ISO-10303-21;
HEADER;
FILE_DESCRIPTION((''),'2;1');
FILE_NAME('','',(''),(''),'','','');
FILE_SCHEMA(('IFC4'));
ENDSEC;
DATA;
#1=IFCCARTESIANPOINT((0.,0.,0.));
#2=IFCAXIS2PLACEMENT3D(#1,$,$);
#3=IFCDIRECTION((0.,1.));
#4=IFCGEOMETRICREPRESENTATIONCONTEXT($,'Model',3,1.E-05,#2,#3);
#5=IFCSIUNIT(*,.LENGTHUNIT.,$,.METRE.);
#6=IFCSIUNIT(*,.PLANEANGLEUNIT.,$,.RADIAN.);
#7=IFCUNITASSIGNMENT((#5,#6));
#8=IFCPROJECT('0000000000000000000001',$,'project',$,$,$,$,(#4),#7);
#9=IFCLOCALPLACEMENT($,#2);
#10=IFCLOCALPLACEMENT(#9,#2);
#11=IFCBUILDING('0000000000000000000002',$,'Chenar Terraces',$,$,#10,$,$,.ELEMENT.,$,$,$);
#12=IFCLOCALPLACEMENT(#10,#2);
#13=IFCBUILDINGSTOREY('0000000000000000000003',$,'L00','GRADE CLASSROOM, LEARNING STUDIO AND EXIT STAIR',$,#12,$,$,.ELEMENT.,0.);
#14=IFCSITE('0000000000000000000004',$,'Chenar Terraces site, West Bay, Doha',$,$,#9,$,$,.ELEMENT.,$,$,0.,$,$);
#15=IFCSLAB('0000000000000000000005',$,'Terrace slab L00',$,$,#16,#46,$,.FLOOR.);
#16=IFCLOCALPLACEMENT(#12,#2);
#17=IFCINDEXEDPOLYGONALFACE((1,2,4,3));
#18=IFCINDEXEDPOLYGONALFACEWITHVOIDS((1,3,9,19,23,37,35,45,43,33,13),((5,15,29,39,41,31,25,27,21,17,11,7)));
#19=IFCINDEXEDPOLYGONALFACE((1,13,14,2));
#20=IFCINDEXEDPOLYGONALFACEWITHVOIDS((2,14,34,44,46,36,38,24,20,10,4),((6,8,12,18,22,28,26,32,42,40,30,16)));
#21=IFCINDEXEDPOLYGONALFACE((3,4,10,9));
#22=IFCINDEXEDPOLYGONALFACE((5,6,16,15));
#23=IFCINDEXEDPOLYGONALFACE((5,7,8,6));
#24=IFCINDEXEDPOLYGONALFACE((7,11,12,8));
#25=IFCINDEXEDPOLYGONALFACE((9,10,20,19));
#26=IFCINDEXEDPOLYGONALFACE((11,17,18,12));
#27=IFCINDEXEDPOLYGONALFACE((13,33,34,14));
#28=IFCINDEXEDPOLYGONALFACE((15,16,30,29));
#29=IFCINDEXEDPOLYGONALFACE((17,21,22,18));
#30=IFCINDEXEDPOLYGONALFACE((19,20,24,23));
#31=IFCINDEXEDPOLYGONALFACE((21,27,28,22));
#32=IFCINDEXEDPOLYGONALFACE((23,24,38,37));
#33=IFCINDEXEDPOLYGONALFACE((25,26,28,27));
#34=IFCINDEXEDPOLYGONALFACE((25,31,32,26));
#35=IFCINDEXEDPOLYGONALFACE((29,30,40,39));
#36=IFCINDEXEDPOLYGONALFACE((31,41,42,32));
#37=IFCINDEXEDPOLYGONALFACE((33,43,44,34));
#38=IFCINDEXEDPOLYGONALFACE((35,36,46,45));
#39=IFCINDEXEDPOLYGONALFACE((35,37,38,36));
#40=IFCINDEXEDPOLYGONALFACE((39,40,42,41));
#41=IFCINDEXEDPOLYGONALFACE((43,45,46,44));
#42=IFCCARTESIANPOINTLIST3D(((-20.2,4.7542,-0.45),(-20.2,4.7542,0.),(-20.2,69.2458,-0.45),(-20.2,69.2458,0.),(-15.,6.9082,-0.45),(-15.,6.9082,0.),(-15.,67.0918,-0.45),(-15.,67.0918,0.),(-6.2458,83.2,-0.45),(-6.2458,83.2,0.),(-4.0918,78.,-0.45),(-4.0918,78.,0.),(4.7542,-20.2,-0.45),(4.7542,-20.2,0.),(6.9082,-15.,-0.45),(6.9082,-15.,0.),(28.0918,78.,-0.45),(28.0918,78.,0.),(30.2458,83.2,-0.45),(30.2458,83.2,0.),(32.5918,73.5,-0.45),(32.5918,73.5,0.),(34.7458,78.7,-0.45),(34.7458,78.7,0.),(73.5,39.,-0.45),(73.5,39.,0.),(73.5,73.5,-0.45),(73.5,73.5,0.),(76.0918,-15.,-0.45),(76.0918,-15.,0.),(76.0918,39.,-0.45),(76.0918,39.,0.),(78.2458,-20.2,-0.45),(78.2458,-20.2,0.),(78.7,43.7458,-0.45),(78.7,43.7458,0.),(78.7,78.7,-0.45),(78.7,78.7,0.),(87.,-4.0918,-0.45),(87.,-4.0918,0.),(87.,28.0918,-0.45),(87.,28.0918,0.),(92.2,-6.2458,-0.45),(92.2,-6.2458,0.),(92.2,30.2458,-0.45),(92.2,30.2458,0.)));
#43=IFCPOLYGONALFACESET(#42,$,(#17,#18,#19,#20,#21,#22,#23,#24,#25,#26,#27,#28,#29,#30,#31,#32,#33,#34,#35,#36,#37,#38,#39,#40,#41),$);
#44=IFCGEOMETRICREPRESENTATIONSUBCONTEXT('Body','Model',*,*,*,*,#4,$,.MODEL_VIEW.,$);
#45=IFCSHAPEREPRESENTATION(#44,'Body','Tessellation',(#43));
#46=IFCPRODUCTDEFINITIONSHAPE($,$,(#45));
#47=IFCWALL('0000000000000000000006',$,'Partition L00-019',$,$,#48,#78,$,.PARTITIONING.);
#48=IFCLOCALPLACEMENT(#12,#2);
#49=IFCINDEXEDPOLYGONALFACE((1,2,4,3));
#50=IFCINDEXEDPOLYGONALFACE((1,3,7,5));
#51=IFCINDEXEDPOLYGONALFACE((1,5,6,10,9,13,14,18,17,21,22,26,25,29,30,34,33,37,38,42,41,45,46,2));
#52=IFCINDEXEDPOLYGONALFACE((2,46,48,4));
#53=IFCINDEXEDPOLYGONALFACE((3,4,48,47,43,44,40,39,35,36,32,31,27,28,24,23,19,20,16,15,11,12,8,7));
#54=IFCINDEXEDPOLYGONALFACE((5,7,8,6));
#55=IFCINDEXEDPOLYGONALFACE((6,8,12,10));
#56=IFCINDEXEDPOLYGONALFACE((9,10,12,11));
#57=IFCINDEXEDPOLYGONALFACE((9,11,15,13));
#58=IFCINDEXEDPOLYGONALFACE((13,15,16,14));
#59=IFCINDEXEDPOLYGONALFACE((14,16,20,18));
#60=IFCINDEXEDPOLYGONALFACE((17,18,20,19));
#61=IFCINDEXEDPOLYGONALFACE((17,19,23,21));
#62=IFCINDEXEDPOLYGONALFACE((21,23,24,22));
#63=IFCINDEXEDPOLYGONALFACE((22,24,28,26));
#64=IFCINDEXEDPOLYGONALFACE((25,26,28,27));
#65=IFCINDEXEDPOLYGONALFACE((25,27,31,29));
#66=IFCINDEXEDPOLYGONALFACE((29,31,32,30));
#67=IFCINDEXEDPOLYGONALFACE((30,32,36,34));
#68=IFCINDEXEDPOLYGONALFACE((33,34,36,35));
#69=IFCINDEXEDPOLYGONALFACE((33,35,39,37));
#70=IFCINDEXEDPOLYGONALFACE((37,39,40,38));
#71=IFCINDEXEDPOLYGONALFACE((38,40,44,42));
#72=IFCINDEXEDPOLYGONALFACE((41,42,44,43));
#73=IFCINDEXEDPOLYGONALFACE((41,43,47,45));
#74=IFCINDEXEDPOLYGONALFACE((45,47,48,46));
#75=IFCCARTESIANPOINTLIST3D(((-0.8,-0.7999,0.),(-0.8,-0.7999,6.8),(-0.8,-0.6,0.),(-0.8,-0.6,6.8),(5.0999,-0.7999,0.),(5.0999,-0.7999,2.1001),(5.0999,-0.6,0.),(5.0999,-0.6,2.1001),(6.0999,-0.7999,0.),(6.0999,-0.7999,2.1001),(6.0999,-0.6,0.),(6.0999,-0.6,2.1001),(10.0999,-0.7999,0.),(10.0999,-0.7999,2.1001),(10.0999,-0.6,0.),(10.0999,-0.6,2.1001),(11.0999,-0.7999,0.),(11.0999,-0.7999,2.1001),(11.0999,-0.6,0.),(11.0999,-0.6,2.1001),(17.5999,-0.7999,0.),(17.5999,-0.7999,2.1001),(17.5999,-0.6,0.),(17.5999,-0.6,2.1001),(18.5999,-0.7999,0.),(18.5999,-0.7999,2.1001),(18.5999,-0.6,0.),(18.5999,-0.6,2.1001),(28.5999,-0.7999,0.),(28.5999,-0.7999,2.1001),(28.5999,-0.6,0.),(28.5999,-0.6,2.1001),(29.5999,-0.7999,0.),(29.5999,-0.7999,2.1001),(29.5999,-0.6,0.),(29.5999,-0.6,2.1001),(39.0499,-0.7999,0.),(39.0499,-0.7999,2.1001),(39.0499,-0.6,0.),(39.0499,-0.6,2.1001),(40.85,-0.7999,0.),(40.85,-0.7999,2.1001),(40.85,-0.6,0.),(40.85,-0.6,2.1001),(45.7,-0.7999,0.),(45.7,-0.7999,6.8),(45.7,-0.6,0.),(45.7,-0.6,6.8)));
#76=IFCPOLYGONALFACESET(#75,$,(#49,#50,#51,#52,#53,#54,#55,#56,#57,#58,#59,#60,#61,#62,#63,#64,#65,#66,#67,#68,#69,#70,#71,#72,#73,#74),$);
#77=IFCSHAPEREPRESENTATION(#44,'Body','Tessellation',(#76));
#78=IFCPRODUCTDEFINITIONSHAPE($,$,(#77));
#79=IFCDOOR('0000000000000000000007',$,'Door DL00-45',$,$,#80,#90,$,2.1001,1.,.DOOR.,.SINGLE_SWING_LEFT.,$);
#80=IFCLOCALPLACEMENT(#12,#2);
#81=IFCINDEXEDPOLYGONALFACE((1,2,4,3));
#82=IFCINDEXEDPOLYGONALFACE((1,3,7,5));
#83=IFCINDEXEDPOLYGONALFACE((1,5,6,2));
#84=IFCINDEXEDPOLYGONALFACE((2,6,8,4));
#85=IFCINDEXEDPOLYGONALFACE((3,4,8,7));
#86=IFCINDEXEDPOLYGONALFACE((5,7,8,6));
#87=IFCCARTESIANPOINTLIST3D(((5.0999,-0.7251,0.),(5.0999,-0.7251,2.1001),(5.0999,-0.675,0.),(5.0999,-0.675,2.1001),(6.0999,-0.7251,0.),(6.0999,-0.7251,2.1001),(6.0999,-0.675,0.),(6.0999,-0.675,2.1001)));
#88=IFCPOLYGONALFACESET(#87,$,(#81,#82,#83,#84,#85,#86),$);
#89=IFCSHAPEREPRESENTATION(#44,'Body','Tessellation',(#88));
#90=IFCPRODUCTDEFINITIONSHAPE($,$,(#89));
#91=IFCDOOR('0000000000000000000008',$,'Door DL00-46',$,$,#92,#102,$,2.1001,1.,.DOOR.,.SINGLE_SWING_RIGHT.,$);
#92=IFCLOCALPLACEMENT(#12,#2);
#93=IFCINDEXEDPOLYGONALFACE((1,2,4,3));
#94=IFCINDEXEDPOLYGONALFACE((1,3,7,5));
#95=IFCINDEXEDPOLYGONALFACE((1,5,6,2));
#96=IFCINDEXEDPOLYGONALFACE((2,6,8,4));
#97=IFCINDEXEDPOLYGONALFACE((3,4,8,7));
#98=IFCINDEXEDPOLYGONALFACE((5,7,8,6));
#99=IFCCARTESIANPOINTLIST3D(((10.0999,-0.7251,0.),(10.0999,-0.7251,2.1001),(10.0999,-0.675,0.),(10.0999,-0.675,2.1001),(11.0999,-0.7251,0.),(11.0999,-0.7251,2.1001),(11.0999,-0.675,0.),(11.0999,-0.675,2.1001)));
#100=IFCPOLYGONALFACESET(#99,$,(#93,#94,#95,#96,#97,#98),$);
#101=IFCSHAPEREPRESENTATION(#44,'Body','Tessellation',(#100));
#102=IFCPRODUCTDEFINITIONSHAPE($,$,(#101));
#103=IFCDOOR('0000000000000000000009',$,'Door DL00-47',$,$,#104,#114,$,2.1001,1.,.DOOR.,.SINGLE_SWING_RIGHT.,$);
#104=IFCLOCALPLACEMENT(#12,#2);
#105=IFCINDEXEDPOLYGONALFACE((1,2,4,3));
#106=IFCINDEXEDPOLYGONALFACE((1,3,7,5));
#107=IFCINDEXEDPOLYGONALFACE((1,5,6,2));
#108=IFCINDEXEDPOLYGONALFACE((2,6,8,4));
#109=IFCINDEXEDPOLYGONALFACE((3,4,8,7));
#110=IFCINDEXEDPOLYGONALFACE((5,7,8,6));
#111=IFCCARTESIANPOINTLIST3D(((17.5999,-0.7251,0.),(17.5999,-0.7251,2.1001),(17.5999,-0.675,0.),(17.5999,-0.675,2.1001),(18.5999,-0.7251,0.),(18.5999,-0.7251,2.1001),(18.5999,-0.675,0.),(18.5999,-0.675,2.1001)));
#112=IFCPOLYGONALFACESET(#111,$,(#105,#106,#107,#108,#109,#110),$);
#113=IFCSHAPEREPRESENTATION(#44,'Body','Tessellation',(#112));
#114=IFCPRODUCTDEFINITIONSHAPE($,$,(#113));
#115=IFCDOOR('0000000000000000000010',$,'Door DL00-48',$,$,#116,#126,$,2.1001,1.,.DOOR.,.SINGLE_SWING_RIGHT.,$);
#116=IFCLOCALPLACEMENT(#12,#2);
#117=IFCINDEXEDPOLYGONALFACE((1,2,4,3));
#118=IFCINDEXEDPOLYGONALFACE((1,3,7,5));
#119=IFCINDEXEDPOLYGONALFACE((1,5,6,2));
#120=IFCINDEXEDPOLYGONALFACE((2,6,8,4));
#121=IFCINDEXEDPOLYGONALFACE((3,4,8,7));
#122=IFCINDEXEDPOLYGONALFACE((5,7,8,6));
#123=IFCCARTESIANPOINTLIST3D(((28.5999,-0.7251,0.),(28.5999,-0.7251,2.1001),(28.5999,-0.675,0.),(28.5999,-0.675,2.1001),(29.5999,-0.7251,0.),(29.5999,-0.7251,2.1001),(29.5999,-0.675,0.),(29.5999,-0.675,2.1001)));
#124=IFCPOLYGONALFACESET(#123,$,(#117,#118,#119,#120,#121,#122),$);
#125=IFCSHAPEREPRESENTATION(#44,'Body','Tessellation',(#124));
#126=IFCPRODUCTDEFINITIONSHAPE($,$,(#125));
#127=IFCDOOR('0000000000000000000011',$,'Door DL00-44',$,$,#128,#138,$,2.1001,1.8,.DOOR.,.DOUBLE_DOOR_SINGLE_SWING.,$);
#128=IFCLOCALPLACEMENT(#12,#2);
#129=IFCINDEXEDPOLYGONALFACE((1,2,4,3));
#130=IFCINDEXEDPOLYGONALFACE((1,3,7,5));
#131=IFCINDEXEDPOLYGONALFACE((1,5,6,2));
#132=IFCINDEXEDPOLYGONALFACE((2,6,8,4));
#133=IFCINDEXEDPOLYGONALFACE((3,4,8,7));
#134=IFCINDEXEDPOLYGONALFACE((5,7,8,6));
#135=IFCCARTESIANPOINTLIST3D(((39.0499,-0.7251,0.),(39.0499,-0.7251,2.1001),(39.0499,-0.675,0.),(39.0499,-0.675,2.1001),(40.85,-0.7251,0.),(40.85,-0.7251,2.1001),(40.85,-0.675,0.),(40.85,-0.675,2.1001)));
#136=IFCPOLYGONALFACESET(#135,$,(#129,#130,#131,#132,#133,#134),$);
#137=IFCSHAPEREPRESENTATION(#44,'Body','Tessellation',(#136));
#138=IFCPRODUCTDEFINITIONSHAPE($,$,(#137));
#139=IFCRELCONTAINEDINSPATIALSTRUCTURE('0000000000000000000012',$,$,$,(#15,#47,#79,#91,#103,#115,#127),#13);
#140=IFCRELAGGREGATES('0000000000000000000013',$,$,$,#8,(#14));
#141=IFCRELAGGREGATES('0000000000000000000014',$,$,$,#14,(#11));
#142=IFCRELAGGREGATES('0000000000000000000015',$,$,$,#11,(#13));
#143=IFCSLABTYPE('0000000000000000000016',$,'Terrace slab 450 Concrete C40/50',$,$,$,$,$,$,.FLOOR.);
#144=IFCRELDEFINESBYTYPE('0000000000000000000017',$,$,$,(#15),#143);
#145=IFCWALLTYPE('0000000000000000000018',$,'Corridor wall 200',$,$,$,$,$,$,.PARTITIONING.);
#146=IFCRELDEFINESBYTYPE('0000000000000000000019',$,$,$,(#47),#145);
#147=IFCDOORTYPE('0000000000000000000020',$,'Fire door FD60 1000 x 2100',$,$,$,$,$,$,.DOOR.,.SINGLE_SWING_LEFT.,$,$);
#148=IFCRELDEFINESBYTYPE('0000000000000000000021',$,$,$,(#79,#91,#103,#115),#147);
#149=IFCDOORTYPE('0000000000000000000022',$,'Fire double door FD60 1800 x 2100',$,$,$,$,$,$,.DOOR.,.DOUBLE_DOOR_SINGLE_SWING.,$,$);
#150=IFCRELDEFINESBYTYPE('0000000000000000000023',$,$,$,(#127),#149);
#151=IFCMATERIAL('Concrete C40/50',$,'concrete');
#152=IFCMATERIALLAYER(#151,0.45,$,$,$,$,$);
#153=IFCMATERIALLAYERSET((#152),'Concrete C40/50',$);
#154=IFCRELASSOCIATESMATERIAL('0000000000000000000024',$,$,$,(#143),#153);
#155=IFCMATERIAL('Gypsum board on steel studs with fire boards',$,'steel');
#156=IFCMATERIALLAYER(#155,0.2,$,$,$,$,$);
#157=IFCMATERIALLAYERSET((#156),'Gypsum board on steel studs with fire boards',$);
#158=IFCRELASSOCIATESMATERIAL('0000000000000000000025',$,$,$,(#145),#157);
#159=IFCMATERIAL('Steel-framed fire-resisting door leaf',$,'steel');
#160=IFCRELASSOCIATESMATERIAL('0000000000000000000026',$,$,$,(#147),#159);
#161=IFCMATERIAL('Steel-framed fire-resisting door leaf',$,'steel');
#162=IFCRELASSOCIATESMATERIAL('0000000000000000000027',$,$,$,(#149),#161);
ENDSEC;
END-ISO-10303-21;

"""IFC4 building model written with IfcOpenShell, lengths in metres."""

from ifc_helpers import new_model, si_unit, direction, frame, frame_2d, origin, place, context, subcontext, project, spatial, polyline, rectangle, outline, extrude, material, layer, layer_set, type_object, element, fill, save


model = new_model("IFC4")

# Units and contexts
model_context = context("Model", 3, precision=1e-05, world=origin(), true_north=direction((0.0, 1.0)))
body_context = subcontext(model_context, "Body", "Model", "MODEL_VIEW")
ifc_project = project(units=[si_unit("LENGTHUNIT", "METRE"), si_unit("PLANEANGLEUNIT", "RADIAN")], contexts=[model_context])

# Site, building, storey
site_placement = place(None, origin())
site = spatial("IfcSite", under=ifc_project, at=site_placement, Name="Chenar Terraces site, West Bay, Doha", CompositionType="ELEMENT", RefElevation=0.0)
building_placement = place(site_placement, origin())
building = spatial("IfcBuilding", under=site, at=building_placement, Name="Chenar Terraces", CompositionType="ELEMENT")
storey_placement = place(building_placement, origin())
storey = spatial("IfcBuildingStorey", under=building, at=storey_placement, Name="L00", Description="GRADE CLASSROOM, LEARNING STUDIO AND EXIT STAIR", CompositionType="ELEMENT", Elevation=0.0)

# Shared definitions
placement_1 = place(storey_placement, frame((0.0, 0.0, -0.45)))

# Slab
ifc_material_1 = material(Name="Concrete C40/50", Category="concrete")
ifc_layer_1 = layer(ifc_material_1, 0.45)
ifc_layer_set_1 = layer_set([ifc_layer_1], Name="Concrete C40/50")
slab_type_1 = type_object("IfcSlabType", Name="Terrace slab 450 Concrete C40/50", PredefinedType="FLOOR", material=ifc_layer_set_1)
element("IfcSlab", 1, at=placement_1, inside=storey, type_object=slab_type_1, Name="Terrace slab L00", PredefinedType="FLOOR", context=body_context, shape_type="SweptSolid", body=[
    extrude(outline(polyline([(78.7, 78.7), (78.7, 43.7458), (92.2, 30.2458), (92.2, -6.2458), (78.2458, -20.2), (4.7542, -20.2), (-20.2, 4.7542), (-20.2, 69.2458), (-6.2458, 83.2), (30.2458, 83.2), (34.7458, 78.7), (78.7, 78.7)]), holes=[polyline([(28.0918, 78.0), (-4.0918, 78.0), (-15.0, 67.0918), (-15.0, 6.9082), (6.9082, -15.0), (76.0918, -15.0), (87.0, -4.0918), (87.0, 28.0918), (76.0918, 39.0), (73.5, 39.0), (73.5, 73.5), (32.5918, 73.5), (28.0918, 78.0)])]), origin(), (0.0, 0.0, 1.0), 0.45),
])

# Wall, openings, doors
ifc_material_2 = material(Name="Gypsum board on steel studs with fire boards", Category="steel")
ifc_layer_2 = layer(ifc_material_2, 0.2)
ifc_layer_set_2 = layer_set([ifc_layer_2], Name="Gypsum board on steel studs with fire boards")
wall_type = type_object("IfcWallType", Name="Corridor wall 200", PredefinedType="PARTITIONING", material=ifc_layer_set_2)
wall_1_placement = place(storey_placement, frame((-0.8, -0.7, 0.0), z_axis=(0.0, 0.0, 1.0), x_axis=(1.0, 0.0, 0.0)))
wall_1 = element("IfcWall", 2, at=wall_1_placement, inside=storey, type_object=wall_type, Name="Partition L00-019", PredefinedType="PARTITIONING", context=body_context, shape_type="SweptSolid", body=[
    extrude(rectangle(XDim=46.5, YDim=0.2, at=frame_2d((23.25, 0.0))), origin(), (0.0, 0.0, 1.0), 6.8),
])
opening_1_placement = place(wall_1_placement, frame((39.8501, 0.0, 0.0)))
opening_1 = element("IfcOpeningElement", 3, at=opening_1_placement, cuts=wall_1, PredefinedType="OPENING", context=body_context, shape_type="SweptSolid", body=[
    extrude(rectangle(XDim=1.8, YDim=2.1001, at=frame_2d((0.8999, 1.05))), frame((0.0, 0.1099, 0.0), z_axis=(0.0, -1.0, 0.0), x_axis=(1.0, 0.0, 0.0)), (0.0, 0.0, 1.0), 0.22),
])
opening_2_placement = place(wall_1_placement, frame((5.8999, 0.0, 0.0)))
opening_2 = element("IfcOpeningElement", 4, at=opening_2_placement, cuts=wall_1, PredefinedType="OPENING", context=body_context, shape_type="SweptSolid", body=[
    extrude(rectangle(XDim=1.0, YDim=2.1001, at=frame_2d((0.5, 1.05))), frame((0.0, 0.1099, 0.0), z_axis=(0.0, -1.0, 0.0), x_axis=(1.0, 0.0, 0.0)), (0.0, 0.0, 1.0), 0.22),
])
opening_3_placement = place(wall_1_placement, frame((10.8999, 0.0, 0.0)))
opening_3 = element("IfcOpeningElement", 5, at=opening_3_placement, cuts=wall_1, PredefinedType="OPENING", context=body_context, shape_type="SweptSolid", body=[
    extrude(rectangle(XDim=1.0, YDim=2.1001, at=frame_2d((0.5, 1.05))), frame((0.0, 0.1099, 0.0), z_axis=(0.0, -1.0, 0.0), x_axis=(1.0, 0.0, 0.0)), (0.0, 0.0, 1.0), 0.22),
])
opening_4_placement = place(wall_1_placement, frame((18.3999, 0.0, 0.0)))
opening_4 = element("IfcOpeningElement", 6, at=opening_4_placement, cuts=wall_1, PredefinedType="OPENING", context=body_context, shape_type="SweptSolid", body=[
    extrude(rectangle(XDim=1.0, YDim=2.1001, at=frame_2d((0.5, 1.05))), frame((0.0, 0.1099, 0.0), z_axis=(0.0, -1.0, 0.0), x_axis=(1.0, 0.0, 0.0)), (0.0, 0.0, 1.0), 0.22),
])
opening_5_placement = place(wall_1_placement, frame((29.3999, 0.0, 0.0)))
opening_5 = element("IfcOpeningElement", 7, at=opening_5_placement, cuts=wall_1, PredefinedType="OPENING", context=body_context, shape_type="SweptSolid", body=[
    extrude(rectangle(XDim=1.0, YDim=2.1001, at=frame_2d((0.5, 1.05))), frame((0.0, 0.1099, 0.0), z_axis=(0.0, -1.0, 0.0), x_axis=(1.0, 0.0, 0.0)), (0.0, 0.0, 1.0), 0.22),
])
ifc_material_3 = material(Name="Steel-framed fire-resisting door leaf", Category="steel")
door_type_1 = type_object("IfcDoorType", Name="Fire door FD60 1000 x 2100", OperationType="SINGLE_SWING_LEFT", PredefinedType="DOOR", material=ifc_material_3)
door_1_placement = place(opening_2_placement, origin())
door_1 = element("IfcDoor", 8, at=door_1_placement, inside=storey, type_object=door_type_1, Name="Door DL00-45", OperationType="SINGLE_SWING_LEFT", OverallHeight=2.1001, OverallWidth=1.0, PredefinedType="DOOR", context=body_context, shape_type="SweptSolid", body=[
    extrude(rectangle(XDim=1.0, YDim=2.1001, at=frame_2d((0.5, 1.05))), frame((0.0, 0.0249, 0.0), z_axis=(0.0, -1.0, 0.0), x_axis=(1.0, 0.0, 0.0)), (0.0, 0.0, 1.0), 0.05),
])
fill(opening_2, door_1)
door_2_placement = place(opening_3_placement, origin())
door_2 = element("IfcDoor", 9, at=door_2_placement, inside=storey, type_object=door_type_1, Name="Door DL00-46", OperationType="SINGLE_SWING_RIGHT", OverallHeight=2.1001, OverallWidth=1.0, PredefinedType="DOOR", context=body_context, shape_type="SweptSolid", body=[
    extrude(rectangle(XDim=1.0, YDim=2.1001, at=frame_2d((0.5, 1.05))), frame((0.0, 0.0249, 0.0), z_axis=(0.0, -1.0, 0.0), x_axis=(1.0, 0.0, 0.0)), (0.0, 0.0, 1.0), 0.05),
])
fill(opening_3, door_2)
door_3_placement = place(opening_4_placement, origin())
door_3 = element("IfcDoor", 10, at=door_3_placement, inside=storey, type_object=door_type_1, Name="Door DL00-47", OperationType="SINGLE_SWING_RIGHT", OverallHeight=2.1001, OverallWidth=1.0, PredefinedType="DOOR", context=body_context, shape_type="SweptSolid", body=[
    extrude(rectangle(XDim=1.0, YDim=2.1001, at=frame_2d((0.5, 1.05))), frame((0.0, 0.0249, 0.0), z_axis=(0.0, -1.0, 0.0), x_axis=(1.0, 0.0, 0.0)), (0.0, 0.0, 1.0), 0.05),
])
fill(opening_4, door_3)
door_4_placement = place(opening_5_placement, origin())
door_4 = element("IfcDoor", 11, at=door_4_placement, inside=storey, type_object=door_type_1, Name="Door DL00-48", OperationType="SINGLE_SWING_RIGHT", OverallHeight=2.1001, OverallWidth=1.0, PredefinedType="DOOR", context=body_context, shape_type="SweptSolid", body=[
    extrude(rectangle(XDim=1.0, YDim=2.1001, at=frame_2d((0.5, 1.05))), frame((0.0, 0.0249, 0.0), z_axis=(0.0, -1.0, 0.0), x_axis=(1.0, 0.0, 0.0)), (0.0, 0.0, 1.0), 0.05),
])
fill(opening_5, door_4)
ifc_material_4 = material(Name="Steel-framed fire-resisting door leaf", Category="steel")
door_type_2 = type_object("IfcDoorType", Name="Fire double door FD60 1800 x 2100", OperationType="DOUBLE_DOOR_SINGLE_SWING", PredefinedType="DOOR", material=ifc_material_4)
door_5_placement = place(opening_1_placement, origin())
door_5 = element("IfcDoor", 12, at=door_5_placement, inside=storey, type_object=door_type_2, Name="Door DL00-44", OperationType="DOUBLE_DOOR_SINGLE_SWING", OverallHeight=2.1001, OverallWidth=1.8, PredefinedType="DOOR", context=body_context, shape_type="SweptSolid", body=[
    extrude(rectangle(XDim=1.8, YDim=2.1001, at=frame_2d((0.8999, 1.05))), frame((0.0, 0.0249, 0.0), z_axis=(0.0, -1.0, 0.0), x_axis=(1.0, 0.0, 0.0)), (0.0, 0.0, 1.0), 0.05),
])
fill(opening_1, door_5)

save(model, "model.ifc")
